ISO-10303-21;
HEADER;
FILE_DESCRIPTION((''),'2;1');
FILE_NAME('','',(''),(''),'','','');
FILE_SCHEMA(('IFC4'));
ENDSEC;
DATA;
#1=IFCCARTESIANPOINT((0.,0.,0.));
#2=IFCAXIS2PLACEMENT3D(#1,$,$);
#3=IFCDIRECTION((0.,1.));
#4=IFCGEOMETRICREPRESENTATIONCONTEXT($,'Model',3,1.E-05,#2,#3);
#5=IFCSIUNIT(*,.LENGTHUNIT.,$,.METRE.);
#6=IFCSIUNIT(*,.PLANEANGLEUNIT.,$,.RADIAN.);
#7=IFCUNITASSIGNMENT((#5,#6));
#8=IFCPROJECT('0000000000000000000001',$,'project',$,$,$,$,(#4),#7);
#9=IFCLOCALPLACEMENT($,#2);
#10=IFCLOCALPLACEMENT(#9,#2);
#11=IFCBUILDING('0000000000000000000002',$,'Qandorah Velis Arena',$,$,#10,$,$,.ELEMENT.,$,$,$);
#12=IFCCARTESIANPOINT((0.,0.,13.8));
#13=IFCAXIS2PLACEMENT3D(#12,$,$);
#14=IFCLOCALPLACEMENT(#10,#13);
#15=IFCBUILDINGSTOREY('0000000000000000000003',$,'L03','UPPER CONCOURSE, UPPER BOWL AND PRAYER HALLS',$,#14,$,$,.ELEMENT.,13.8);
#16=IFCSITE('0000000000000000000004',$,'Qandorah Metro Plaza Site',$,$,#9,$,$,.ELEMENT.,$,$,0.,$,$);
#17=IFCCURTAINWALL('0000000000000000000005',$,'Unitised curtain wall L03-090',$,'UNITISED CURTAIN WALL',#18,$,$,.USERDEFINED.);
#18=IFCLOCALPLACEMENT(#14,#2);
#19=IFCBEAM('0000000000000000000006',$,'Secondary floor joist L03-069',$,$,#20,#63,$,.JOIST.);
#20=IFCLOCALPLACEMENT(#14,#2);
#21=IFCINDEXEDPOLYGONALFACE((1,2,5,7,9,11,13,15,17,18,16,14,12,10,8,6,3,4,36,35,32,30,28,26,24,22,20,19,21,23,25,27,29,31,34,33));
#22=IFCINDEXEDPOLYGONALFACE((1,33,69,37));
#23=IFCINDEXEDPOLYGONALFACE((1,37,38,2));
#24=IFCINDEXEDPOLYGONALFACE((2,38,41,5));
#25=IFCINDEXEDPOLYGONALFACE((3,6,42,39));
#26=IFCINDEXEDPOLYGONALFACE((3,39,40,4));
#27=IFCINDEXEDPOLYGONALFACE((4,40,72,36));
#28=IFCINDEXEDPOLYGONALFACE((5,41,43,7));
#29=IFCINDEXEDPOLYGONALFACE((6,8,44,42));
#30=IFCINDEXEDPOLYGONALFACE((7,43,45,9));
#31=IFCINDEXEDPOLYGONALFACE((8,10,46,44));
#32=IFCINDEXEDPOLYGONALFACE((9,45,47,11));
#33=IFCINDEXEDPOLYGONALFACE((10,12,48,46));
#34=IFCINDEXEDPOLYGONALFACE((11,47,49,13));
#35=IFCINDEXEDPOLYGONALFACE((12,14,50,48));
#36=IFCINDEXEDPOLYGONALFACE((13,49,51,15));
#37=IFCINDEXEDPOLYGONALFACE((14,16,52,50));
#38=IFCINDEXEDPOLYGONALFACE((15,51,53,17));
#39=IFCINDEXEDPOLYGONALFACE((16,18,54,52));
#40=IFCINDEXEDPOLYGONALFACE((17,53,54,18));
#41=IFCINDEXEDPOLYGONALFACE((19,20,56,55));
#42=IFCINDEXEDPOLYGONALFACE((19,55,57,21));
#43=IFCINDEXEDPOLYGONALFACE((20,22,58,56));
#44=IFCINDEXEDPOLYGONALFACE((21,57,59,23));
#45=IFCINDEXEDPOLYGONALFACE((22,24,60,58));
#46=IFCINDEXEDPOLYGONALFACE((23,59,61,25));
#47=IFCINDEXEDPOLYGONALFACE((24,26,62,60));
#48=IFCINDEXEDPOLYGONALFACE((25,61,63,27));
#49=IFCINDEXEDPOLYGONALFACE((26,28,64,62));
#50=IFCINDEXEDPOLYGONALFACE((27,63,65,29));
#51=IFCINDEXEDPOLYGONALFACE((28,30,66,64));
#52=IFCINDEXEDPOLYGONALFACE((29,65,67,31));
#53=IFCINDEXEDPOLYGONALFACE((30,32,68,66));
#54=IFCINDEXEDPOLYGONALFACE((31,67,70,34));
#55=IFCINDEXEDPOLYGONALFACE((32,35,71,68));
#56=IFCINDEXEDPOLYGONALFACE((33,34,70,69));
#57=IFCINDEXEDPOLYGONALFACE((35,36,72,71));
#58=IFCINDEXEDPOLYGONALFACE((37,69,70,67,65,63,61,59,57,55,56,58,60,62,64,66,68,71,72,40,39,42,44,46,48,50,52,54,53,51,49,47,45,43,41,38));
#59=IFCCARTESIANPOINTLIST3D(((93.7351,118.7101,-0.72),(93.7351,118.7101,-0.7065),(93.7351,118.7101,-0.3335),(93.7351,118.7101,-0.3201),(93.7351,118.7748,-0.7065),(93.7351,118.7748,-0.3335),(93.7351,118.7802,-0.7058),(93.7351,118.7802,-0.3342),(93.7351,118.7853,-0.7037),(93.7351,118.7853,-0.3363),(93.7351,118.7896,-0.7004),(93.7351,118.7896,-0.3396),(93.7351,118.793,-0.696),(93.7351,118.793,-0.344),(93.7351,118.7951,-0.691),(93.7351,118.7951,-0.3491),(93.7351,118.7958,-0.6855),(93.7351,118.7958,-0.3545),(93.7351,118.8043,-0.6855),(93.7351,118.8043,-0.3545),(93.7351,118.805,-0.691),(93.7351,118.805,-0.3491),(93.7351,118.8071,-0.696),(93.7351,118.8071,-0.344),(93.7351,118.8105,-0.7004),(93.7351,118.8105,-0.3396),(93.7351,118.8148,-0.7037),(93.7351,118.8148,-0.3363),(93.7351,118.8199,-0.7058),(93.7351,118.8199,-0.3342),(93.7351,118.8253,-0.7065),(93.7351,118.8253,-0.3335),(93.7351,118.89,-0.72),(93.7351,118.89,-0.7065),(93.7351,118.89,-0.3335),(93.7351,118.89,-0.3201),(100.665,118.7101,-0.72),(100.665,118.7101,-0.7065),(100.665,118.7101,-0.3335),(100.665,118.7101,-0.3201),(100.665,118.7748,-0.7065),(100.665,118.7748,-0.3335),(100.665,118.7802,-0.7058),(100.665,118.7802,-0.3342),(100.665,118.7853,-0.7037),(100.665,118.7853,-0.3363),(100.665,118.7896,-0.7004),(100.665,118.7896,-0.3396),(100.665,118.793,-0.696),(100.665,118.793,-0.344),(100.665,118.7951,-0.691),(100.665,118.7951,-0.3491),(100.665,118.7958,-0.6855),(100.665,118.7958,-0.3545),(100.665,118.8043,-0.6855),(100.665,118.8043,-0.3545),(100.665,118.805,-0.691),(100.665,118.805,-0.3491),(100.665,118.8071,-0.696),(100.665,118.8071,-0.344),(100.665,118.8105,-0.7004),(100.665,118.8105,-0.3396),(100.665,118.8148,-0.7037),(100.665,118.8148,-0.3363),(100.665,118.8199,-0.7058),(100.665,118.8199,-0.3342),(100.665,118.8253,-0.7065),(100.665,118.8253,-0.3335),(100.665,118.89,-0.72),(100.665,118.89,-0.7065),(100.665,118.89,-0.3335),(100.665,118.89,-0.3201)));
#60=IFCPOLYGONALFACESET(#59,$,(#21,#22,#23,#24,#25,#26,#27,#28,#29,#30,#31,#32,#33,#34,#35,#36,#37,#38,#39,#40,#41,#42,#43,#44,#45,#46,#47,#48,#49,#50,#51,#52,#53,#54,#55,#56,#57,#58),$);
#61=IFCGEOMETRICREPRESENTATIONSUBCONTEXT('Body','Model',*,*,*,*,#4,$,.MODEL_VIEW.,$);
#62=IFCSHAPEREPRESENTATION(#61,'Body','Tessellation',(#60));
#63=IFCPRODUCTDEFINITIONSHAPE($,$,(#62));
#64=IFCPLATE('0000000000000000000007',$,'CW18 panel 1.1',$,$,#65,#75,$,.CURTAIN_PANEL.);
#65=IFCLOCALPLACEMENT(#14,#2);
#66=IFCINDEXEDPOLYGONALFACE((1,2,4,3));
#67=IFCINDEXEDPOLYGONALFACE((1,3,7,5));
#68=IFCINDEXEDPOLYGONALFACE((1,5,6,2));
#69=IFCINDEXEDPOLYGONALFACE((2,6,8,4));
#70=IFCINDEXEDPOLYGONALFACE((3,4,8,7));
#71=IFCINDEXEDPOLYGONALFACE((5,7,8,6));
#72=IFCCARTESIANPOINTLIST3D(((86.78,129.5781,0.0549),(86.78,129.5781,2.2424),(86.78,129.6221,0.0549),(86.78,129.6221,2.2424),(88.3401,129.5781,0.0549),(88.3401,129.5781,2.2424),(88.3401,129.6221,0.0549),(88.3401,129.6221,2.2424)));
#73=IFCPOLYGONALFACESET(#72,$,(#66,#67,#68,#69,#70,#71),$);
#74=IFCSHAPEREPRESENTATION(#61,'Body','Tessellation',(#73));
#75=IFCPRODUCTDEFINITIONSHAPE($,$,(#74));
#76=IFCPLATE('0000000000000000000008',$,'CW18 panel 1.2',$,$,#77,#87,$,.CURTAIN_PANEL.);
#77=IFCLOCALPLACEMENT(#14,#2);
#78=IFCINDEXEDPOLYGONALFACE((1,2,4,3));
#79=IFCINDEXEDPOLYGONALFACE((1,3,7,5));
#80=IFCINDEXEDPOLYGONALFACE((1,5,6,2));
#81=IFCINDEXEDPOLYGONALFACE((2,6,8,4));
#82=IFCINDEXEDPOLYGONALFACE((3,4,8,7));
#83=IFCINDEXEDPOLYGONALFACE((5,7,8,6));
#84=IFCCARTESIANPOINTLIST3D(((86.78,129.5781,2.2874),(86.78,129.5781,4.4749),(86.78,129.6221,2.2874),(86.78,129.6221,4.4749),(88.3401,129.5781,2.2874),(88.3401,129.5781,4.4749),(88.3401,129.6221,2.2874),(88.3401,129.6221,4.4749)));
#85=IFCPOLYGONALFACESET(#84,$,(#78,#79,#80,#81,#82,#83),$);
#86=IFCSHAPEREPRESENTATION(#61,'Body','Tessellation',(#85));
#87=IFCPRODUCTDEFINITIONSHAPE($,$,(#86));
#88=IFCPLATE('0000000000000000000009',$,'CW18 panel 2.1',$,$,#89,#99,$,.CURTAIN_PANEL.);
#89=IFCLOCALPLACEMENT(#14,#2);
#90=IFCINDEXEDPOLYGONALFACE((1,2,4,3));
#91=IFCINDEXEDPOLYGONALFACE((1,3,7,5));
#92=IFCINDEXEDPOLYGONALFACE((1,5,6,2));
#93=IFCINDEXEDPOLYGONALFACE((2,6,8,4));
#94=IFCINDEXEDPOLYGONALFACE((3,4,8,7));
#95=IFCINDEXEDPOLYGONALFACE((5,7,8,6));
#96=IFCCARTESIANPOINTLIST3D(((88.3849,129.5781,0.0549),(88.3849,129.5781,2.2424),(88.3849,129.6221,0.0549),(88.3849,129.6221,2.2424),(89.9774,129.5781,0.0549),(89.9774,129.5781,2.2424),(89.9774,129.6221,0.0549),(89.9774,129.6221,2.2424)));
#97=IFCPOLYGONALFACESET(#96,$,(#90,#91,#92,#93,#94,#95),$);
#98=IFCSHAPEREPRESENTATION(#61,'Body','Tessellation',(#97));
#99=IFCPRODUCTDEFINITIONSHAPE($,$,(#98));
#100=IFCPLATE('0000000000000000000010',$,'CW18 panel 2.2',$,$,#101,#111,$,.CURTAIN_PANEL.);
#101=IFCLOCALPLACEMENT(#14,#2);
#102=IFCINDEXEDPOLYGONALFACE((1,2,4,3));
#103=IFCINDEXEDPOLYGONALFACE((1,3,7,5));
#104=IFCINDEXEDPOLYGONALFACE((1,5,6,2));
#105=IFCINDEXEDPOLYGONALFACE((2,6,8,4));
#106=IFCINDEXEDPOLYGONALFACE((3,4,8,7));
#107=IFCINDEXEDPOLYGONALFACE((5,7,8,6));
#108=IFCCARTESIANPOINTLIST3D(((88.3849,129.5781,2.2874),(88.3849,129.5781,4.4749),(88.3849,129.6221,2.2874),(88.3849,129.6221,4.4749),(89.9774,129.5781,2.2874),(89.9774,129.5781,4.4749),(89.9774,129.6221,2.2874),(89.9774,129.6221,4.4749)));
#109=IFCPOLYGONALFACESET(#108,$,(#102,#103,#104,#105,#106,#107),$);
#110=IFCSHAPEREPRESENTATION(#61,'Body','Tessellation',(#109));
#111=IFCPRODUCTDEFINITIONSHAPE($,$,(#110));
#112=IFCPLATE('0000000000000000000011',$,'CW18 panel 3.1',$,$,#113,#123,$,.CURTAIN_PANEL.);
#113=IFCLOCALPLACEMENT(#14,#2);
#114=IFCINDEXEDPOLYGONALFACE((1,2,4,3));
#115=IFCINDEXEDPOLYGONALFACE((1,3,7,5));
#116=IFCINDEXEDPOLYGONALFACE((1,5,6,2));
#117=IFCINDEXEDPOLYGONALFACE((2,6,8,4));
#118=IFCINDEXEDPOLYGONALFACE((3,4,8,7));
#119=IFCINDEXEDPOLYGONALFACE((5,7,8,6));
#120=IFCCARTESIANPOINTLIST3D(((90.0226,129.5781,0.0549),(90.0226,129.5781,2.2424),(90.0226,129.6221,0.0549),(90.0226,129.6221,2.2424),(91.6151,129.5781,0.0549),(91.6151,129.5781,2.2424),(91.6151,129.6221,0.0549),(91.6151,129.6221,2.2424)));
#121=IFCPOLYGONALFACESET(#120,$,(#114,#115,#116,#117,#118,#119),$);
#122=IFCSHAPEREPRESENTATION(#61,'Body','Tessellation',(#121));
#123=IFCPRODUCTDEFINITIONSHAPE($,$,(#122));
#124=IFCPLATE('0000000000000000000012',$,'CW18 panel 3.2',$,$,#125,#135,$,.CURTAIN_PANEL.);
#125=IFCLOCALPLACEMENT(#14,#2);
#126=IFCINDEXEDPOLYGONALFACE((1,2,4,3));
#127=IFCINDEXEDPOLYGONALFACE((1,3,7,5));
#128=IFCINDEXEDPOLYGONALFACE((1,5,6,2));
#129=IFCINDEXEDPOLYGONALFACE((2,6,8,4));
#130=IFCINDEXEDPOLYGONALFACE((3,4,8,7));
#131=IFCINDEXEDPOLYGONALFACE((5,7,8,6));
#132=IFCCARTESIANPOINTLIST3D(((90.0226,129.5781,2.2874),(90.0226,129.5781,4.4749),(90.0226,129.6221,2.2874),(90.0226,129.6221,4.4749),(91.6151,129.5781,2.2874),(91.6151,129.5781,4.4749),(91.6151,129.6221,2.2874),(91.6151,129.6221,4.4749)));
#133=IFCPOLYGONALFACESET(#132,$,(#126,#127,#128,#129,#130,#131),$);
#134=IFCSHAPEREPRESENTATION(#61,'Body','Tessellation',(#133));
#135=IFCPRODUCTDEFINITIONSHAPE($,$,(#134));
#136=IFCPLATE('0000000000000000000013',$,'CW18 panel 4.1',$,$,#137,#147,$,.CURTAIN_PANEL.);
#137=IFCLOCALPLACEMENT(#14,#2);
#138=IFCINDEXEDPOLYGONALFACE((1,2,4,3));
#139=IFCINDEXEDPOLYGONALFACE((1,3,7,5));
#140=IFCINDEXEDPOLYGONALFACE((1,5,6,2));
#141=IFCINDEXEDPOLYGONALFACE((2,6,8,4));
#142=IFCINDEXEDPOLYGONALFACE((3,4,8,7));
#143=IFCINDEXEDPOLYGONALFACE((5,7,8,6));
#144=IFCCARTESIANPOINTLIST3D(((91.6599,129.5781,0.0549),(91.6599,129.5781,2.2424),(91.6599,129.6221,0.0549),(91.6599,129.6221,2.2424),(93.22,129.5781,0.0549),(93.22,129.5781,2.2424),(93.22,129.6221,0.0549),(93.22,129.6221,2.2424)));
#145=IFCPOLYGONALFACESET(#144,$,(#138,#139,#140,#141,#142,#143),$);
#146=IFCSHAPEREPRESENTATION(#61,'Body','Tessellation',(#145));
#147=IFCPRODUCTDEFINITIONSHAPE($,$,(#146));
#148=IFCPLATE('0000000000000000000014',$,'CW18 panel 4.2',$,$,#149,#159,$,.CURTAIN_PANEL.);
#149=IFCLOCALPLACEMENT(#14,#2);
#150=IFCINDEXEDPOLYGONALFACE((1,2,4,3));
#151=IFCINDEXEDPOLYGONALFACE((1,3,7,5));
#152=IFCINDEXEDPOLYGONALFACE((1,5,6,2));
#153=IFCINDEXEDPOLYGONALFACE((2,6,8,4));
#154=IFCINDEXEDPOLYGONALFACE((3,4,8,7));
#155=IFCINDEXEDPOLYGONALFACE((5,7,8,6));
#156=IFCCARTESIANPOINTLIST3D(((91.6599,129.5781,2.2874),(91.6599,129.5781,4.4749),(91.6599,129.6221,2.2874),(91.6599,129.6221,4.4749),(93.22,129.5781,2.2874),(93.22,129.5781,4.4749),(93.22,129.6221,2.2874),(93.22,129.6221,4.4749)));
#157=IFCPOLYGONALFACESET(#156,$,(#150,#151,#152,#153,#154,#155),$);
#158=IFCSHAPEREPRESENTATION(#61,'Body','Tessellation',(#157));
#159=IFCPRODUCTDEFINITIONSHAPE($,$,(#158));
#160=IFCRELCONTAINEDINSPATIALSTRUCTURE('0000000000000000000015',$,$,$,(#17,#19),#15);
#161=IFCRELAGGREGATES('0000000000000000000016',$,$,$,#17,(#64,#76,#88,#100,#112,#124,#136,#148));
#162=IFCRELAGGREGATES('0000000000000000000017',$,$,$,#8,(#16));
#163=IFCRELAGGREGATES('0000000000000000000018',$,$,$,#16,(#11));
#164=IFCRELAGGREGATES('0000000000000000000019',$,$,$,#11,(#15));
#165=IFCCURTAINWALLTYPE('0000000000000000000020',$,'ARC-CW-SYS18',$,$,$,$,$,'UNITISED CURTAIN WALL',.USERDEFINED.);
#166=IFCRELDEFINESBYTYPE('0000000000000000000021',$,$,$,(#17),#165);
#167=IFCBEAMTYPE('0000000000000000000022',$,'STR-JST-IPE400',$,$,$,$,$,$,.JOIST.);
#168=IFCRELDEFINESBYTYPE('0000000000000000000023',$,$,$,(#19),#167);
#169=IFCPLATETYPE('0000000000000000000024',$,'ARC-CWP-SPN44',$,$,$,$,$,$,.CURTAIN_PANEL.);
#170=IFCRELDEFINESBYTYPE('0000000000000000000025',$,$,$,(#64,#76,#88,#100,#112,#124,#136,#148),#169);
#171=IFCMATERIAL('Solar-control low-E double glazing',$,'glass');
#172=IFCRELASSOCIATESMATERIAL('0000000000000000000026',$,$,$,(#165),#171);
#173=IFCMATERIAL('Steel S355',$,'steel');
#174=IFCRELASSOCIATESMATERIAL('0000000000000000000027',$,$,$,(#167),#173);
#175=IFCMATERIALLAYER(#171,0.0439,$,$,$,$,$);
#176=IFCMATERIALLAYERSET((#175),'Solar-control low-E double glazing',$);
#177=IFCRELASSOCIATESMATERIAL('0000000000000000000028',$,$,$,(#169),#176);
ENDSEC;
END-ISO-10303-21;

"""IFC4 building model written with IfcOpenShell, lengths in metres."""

from ifc_helpers import new_model, si_unit, direction, frame, origin, origin_2d, place, context, subcontext, project, spatial, rectangle, i_section, extrude, material, layer, layer_set, material_profile, profile_set, type_object, element, aggregate, save


model = new_model("IFC4")

# Units and contexts
model_context = context("Model", 3, precision=1e-05, world=origin(), true_north=direction((0.0, 1.0)))
body_context = subcontext(model_context, "Body", "Model", "MODEL_VIEW")
ifc_project = project(units=[si_unit("LENGTHUNIT", "METRE"), si_unit("PLANEANGLEUNIT", "RADIAN")], contexts=[model_context])

# Site, building, storey
site_placement = place(None, origin())
site = spatial("IfcSite", under=ifc_project, at=site_placement, Name="Qandorah Metro Plaza Site", CompositionType="ELEMENT", RefElevation=0.0)
building_placement = place(site_placement, origin())
building = spatial("IfcBuilding", under=site, at=building_placement, Name="Qandorah Velis Arena", CompositionType="ELEMENT")
storey_placement = place(building_placement, frame((0.0, 0.0, 13.8)))
storey = spatial("IfcBuildingStorey", under=building, at=storey_placement, Name="L03", Description="UPPER CONCOURSE, UPPER BOWL AND PRAYER HALLS", CompositionType="ELEMENT", Elevation=13.8)

# Curtain wall
ifc_material_1 = material(Name="Solar-control low-E double glazing", Category="glass")
curtain_wall_type = type_object("IfcCurtainWallType", Name="ARC-CW-SYS18", ElementType="UNITISED CURTAIN WALL", PredefinedType="USERDEFINED", material=ifc_material_1)
curtain_wall_placement = place(storey_placement, origin())
curtain_wall = element("IfcCurtainWall", 1, at=curtain_wall_placement, inside=storey, type_object=curtain_wall_type, Name="Unitised curtain wall L03-090", ObjectType="UNITISED CURTAIN WALL", PredefinedType="USERDEFINED")

# Beam
ifc_material_2 = material(Name="Steel S355", Category="steel")
ifc_material_profile_1 = material_profile(ifc_material_2, i_section(OverallWidth=0.1799, OverallDepth=0.3999, WebThickness=0.0085, FlangeThickness=0.0134, FilletRadius=0.021, at=origin_2d()), Name="IPE 400")
ifc_profile_set_1 = profile_set([ifc_material_profile_1], Name="Steel S355")
beam_type_1 = type_object("IfcBeamType", Name="STR-JST-IPE400", PredefinedType="JOIST", material=ifc_profile_set_1)
beam_1_placement = place(storey_placement, frame((93.7351, 118.8, -0.52), z_axis=(1.0, 0.0, 0.0), x_axis=(0.0, 1.0, 0.0)))
element("IfcBeam", 2, at=beam_1_placement, inside=storey, type_object=beam_type_1, Name="Secondary floor joist L03-069", PredefinedType="JOIST", context=body_context, shape_type="SweptSolid", body=[
    extrude(i_section(OverallWidth=0.1799, OverallDepth=0.3999, WebThickness=0.0085, FlangeThickness=0.0134, FilletRadius=0.021, at=origin_2d()), origin(), (0.0, 0.0, 1.0), 6.9299),
])

# Plates
ifc_layer = layer(ifc_material_1, 0.0439)
ifc_layer_set = layer_set([ifc_layer], Name="Solar-control low-E double glazing")
plate_type = type_object("IfcPlateType", Name="ARC-CWP-SPN44", PredefinedType="CURTAIN_PANEL", material=ifc_layer_set)
plate_1_placement = place(storey_placement, frame((87.5601, 129.6001, 0.0549), z_axis=(0.0, 0.0, 1.0), x_axis=(1.0, 0.0, 0.0)))
plate_1 = element("IfcPlate", 3, at=plate_1_placement, type_object=plate_type, Name="CW18 panel 1.1", PredefinedType="CURTAIN_PANEL", context=body_context, shape_type="SweptSolid", body=[
    extrude(rectangle(XDim=1.5601, YDim=0.0439, at=origin_2d()), origin(), (0.0, 0.0, 1.0), 2.1875),
])
plate_2_placement = place(storey_placement, frame((87.5601, 129.6001, 2.2874), z_axis=(0.0, 0.0, 1.0), x_axis=(1.0, 0.0, 0.0)))
plate_2 = element("IfcPlate", 4, at=plate_2_placement, type_object=plate_type, Name="CW18 panel 1.2", PredefinedType="CURTAIN_PANEL", context=body_context, shape_type="SweptSolid", body=[
    extrude(rectangle(XDim=1.5601, YDim=0.0439, at=origin_2d()), origin(), (0.0, 0.0, 1.0), 2.1875),
])
plate_3_placement = place(storey_placement, frame((89.1812, 129.6001, 0.0549), z_axis=(0.0, 0.0, 1.0), x_axis=(1.0, 0.0, 0.0)))
plate_3 = element("IfcPlate", 5, at=plate_3_placement, type_object=plate_type, Name="CW18 panel 2.1", PredefinedType="CURTAIN_PANEL", context=body_context, shape_type="SweptSolid", body=[
    extrude(rectangle(XDim=1.5925, YDim=0.0439, at=origin_2d()), origin(), (0.0, 0.0, 1.0), 2.1875),
])
plate_4_placement = place(storey_placement, frame((89.1812, 129.6001, 2.2874), z_axis=(0.0, 0.0, 1.0), x_axis=(1.0, 0.0, 0.0)))
plate_4 = element("IfcPlate", 6, at=plate_4_placement, type_object=plate_type, Name="CW18 panel 2.2", PredefinedType="CURTAIN_PANEL", context=body_context, shape_type="SweptSolid", body=[
    extrude(rectangle(XDim=1.5925, YDim=0.0439, at=origin_2d()), origin(), (0.0, 0.0, 1.0), 2.1875),
])
plate_5_placement = place(storey_placement, frame((90.8188, 129.6001, 0.0549), z_axis=(0.0, 0.0, 1.0), x_axis=(1.0, 0.0, 0.0)))
plate_5 = element("IfcPlate", 7, at=plate_5_placement, type_object=plate_type, Name="CW18 panel 3.1", PredefinedType="CURTAIN_PANEL", context=body_context, shape_type="SweptSolid", body=[
    extrude(rectangle(XDim=1.5925, YDim=0.0439, at=origin_2d()), origin(), (0.0, 0.0, 1.0), 2.1875),
])
plate_6_placement = place(storey_placement, frame((90.8188, 129.6001, 2.2874), z_axis=(0.0, 0.0, 1.0), x_axis=(1.0, 0.0, 0.0)))
plate_6 = element("IfcPlate", 8, at=plate_6_placement, type_object=plate_type, Name="CW18 panel 3.2", PredefinedType="CURTAIN_PANEL", context=body_context, shape_type="SweptSolid", body=[
    extrude(rectangle(XDim=1.5925, YDim=0.0439, at=origin_2d()), origin(), (0.0, 0.0, 1.0), 2.1875),
])
plate_7_placement = place(storey_placement, frame((92.4399, 129.6001, 0.0549), z_axis=(0.0, 0.0, 1.0), x_axis=(1.0, 0.0, 0.0)))
plate_7 = element("IfcPlate", 9, at=plate_7_placement, type_object=plate_type, Name="CW18 panel 4.1", PredefinedType="CURTAIN_PANEL", context=body_context, shape_type="SweptSolid", body=[
    extrude(rectangle(XDim=1.5601, YDim=0.0439, at=origin_2d()), origin(), (0.0, 0.0, 1.0), 2.1875),
])
plate_8_placement = place(storey_placement, frame((92.4399, 129.6001, 2.2874), z_axis=(0.0, 0.0, 1.0), x_axis=(1.0, 0.0, 0.0)))
plate_8 = element("IfcPlate", 10, at=plate_8_placement, type_object=plate_type, Name="CW18 panel 4.2", PredefinedType="CURTAIN_PANEL", context=body_context, shape_type="SweptSolid", body=[
    extrude(rectangle(XDim=1.5601, YDim=0.0439, at=origin_2d()), origin(), (0.0, 0.0, 1.0), 2.1875),
])
aggregate(curtain_wall, [plate_1, plate_2, plate_3, plate_4, plate_5, plate_6, plate_7, plate_8])

save(model, "model.ifc")
